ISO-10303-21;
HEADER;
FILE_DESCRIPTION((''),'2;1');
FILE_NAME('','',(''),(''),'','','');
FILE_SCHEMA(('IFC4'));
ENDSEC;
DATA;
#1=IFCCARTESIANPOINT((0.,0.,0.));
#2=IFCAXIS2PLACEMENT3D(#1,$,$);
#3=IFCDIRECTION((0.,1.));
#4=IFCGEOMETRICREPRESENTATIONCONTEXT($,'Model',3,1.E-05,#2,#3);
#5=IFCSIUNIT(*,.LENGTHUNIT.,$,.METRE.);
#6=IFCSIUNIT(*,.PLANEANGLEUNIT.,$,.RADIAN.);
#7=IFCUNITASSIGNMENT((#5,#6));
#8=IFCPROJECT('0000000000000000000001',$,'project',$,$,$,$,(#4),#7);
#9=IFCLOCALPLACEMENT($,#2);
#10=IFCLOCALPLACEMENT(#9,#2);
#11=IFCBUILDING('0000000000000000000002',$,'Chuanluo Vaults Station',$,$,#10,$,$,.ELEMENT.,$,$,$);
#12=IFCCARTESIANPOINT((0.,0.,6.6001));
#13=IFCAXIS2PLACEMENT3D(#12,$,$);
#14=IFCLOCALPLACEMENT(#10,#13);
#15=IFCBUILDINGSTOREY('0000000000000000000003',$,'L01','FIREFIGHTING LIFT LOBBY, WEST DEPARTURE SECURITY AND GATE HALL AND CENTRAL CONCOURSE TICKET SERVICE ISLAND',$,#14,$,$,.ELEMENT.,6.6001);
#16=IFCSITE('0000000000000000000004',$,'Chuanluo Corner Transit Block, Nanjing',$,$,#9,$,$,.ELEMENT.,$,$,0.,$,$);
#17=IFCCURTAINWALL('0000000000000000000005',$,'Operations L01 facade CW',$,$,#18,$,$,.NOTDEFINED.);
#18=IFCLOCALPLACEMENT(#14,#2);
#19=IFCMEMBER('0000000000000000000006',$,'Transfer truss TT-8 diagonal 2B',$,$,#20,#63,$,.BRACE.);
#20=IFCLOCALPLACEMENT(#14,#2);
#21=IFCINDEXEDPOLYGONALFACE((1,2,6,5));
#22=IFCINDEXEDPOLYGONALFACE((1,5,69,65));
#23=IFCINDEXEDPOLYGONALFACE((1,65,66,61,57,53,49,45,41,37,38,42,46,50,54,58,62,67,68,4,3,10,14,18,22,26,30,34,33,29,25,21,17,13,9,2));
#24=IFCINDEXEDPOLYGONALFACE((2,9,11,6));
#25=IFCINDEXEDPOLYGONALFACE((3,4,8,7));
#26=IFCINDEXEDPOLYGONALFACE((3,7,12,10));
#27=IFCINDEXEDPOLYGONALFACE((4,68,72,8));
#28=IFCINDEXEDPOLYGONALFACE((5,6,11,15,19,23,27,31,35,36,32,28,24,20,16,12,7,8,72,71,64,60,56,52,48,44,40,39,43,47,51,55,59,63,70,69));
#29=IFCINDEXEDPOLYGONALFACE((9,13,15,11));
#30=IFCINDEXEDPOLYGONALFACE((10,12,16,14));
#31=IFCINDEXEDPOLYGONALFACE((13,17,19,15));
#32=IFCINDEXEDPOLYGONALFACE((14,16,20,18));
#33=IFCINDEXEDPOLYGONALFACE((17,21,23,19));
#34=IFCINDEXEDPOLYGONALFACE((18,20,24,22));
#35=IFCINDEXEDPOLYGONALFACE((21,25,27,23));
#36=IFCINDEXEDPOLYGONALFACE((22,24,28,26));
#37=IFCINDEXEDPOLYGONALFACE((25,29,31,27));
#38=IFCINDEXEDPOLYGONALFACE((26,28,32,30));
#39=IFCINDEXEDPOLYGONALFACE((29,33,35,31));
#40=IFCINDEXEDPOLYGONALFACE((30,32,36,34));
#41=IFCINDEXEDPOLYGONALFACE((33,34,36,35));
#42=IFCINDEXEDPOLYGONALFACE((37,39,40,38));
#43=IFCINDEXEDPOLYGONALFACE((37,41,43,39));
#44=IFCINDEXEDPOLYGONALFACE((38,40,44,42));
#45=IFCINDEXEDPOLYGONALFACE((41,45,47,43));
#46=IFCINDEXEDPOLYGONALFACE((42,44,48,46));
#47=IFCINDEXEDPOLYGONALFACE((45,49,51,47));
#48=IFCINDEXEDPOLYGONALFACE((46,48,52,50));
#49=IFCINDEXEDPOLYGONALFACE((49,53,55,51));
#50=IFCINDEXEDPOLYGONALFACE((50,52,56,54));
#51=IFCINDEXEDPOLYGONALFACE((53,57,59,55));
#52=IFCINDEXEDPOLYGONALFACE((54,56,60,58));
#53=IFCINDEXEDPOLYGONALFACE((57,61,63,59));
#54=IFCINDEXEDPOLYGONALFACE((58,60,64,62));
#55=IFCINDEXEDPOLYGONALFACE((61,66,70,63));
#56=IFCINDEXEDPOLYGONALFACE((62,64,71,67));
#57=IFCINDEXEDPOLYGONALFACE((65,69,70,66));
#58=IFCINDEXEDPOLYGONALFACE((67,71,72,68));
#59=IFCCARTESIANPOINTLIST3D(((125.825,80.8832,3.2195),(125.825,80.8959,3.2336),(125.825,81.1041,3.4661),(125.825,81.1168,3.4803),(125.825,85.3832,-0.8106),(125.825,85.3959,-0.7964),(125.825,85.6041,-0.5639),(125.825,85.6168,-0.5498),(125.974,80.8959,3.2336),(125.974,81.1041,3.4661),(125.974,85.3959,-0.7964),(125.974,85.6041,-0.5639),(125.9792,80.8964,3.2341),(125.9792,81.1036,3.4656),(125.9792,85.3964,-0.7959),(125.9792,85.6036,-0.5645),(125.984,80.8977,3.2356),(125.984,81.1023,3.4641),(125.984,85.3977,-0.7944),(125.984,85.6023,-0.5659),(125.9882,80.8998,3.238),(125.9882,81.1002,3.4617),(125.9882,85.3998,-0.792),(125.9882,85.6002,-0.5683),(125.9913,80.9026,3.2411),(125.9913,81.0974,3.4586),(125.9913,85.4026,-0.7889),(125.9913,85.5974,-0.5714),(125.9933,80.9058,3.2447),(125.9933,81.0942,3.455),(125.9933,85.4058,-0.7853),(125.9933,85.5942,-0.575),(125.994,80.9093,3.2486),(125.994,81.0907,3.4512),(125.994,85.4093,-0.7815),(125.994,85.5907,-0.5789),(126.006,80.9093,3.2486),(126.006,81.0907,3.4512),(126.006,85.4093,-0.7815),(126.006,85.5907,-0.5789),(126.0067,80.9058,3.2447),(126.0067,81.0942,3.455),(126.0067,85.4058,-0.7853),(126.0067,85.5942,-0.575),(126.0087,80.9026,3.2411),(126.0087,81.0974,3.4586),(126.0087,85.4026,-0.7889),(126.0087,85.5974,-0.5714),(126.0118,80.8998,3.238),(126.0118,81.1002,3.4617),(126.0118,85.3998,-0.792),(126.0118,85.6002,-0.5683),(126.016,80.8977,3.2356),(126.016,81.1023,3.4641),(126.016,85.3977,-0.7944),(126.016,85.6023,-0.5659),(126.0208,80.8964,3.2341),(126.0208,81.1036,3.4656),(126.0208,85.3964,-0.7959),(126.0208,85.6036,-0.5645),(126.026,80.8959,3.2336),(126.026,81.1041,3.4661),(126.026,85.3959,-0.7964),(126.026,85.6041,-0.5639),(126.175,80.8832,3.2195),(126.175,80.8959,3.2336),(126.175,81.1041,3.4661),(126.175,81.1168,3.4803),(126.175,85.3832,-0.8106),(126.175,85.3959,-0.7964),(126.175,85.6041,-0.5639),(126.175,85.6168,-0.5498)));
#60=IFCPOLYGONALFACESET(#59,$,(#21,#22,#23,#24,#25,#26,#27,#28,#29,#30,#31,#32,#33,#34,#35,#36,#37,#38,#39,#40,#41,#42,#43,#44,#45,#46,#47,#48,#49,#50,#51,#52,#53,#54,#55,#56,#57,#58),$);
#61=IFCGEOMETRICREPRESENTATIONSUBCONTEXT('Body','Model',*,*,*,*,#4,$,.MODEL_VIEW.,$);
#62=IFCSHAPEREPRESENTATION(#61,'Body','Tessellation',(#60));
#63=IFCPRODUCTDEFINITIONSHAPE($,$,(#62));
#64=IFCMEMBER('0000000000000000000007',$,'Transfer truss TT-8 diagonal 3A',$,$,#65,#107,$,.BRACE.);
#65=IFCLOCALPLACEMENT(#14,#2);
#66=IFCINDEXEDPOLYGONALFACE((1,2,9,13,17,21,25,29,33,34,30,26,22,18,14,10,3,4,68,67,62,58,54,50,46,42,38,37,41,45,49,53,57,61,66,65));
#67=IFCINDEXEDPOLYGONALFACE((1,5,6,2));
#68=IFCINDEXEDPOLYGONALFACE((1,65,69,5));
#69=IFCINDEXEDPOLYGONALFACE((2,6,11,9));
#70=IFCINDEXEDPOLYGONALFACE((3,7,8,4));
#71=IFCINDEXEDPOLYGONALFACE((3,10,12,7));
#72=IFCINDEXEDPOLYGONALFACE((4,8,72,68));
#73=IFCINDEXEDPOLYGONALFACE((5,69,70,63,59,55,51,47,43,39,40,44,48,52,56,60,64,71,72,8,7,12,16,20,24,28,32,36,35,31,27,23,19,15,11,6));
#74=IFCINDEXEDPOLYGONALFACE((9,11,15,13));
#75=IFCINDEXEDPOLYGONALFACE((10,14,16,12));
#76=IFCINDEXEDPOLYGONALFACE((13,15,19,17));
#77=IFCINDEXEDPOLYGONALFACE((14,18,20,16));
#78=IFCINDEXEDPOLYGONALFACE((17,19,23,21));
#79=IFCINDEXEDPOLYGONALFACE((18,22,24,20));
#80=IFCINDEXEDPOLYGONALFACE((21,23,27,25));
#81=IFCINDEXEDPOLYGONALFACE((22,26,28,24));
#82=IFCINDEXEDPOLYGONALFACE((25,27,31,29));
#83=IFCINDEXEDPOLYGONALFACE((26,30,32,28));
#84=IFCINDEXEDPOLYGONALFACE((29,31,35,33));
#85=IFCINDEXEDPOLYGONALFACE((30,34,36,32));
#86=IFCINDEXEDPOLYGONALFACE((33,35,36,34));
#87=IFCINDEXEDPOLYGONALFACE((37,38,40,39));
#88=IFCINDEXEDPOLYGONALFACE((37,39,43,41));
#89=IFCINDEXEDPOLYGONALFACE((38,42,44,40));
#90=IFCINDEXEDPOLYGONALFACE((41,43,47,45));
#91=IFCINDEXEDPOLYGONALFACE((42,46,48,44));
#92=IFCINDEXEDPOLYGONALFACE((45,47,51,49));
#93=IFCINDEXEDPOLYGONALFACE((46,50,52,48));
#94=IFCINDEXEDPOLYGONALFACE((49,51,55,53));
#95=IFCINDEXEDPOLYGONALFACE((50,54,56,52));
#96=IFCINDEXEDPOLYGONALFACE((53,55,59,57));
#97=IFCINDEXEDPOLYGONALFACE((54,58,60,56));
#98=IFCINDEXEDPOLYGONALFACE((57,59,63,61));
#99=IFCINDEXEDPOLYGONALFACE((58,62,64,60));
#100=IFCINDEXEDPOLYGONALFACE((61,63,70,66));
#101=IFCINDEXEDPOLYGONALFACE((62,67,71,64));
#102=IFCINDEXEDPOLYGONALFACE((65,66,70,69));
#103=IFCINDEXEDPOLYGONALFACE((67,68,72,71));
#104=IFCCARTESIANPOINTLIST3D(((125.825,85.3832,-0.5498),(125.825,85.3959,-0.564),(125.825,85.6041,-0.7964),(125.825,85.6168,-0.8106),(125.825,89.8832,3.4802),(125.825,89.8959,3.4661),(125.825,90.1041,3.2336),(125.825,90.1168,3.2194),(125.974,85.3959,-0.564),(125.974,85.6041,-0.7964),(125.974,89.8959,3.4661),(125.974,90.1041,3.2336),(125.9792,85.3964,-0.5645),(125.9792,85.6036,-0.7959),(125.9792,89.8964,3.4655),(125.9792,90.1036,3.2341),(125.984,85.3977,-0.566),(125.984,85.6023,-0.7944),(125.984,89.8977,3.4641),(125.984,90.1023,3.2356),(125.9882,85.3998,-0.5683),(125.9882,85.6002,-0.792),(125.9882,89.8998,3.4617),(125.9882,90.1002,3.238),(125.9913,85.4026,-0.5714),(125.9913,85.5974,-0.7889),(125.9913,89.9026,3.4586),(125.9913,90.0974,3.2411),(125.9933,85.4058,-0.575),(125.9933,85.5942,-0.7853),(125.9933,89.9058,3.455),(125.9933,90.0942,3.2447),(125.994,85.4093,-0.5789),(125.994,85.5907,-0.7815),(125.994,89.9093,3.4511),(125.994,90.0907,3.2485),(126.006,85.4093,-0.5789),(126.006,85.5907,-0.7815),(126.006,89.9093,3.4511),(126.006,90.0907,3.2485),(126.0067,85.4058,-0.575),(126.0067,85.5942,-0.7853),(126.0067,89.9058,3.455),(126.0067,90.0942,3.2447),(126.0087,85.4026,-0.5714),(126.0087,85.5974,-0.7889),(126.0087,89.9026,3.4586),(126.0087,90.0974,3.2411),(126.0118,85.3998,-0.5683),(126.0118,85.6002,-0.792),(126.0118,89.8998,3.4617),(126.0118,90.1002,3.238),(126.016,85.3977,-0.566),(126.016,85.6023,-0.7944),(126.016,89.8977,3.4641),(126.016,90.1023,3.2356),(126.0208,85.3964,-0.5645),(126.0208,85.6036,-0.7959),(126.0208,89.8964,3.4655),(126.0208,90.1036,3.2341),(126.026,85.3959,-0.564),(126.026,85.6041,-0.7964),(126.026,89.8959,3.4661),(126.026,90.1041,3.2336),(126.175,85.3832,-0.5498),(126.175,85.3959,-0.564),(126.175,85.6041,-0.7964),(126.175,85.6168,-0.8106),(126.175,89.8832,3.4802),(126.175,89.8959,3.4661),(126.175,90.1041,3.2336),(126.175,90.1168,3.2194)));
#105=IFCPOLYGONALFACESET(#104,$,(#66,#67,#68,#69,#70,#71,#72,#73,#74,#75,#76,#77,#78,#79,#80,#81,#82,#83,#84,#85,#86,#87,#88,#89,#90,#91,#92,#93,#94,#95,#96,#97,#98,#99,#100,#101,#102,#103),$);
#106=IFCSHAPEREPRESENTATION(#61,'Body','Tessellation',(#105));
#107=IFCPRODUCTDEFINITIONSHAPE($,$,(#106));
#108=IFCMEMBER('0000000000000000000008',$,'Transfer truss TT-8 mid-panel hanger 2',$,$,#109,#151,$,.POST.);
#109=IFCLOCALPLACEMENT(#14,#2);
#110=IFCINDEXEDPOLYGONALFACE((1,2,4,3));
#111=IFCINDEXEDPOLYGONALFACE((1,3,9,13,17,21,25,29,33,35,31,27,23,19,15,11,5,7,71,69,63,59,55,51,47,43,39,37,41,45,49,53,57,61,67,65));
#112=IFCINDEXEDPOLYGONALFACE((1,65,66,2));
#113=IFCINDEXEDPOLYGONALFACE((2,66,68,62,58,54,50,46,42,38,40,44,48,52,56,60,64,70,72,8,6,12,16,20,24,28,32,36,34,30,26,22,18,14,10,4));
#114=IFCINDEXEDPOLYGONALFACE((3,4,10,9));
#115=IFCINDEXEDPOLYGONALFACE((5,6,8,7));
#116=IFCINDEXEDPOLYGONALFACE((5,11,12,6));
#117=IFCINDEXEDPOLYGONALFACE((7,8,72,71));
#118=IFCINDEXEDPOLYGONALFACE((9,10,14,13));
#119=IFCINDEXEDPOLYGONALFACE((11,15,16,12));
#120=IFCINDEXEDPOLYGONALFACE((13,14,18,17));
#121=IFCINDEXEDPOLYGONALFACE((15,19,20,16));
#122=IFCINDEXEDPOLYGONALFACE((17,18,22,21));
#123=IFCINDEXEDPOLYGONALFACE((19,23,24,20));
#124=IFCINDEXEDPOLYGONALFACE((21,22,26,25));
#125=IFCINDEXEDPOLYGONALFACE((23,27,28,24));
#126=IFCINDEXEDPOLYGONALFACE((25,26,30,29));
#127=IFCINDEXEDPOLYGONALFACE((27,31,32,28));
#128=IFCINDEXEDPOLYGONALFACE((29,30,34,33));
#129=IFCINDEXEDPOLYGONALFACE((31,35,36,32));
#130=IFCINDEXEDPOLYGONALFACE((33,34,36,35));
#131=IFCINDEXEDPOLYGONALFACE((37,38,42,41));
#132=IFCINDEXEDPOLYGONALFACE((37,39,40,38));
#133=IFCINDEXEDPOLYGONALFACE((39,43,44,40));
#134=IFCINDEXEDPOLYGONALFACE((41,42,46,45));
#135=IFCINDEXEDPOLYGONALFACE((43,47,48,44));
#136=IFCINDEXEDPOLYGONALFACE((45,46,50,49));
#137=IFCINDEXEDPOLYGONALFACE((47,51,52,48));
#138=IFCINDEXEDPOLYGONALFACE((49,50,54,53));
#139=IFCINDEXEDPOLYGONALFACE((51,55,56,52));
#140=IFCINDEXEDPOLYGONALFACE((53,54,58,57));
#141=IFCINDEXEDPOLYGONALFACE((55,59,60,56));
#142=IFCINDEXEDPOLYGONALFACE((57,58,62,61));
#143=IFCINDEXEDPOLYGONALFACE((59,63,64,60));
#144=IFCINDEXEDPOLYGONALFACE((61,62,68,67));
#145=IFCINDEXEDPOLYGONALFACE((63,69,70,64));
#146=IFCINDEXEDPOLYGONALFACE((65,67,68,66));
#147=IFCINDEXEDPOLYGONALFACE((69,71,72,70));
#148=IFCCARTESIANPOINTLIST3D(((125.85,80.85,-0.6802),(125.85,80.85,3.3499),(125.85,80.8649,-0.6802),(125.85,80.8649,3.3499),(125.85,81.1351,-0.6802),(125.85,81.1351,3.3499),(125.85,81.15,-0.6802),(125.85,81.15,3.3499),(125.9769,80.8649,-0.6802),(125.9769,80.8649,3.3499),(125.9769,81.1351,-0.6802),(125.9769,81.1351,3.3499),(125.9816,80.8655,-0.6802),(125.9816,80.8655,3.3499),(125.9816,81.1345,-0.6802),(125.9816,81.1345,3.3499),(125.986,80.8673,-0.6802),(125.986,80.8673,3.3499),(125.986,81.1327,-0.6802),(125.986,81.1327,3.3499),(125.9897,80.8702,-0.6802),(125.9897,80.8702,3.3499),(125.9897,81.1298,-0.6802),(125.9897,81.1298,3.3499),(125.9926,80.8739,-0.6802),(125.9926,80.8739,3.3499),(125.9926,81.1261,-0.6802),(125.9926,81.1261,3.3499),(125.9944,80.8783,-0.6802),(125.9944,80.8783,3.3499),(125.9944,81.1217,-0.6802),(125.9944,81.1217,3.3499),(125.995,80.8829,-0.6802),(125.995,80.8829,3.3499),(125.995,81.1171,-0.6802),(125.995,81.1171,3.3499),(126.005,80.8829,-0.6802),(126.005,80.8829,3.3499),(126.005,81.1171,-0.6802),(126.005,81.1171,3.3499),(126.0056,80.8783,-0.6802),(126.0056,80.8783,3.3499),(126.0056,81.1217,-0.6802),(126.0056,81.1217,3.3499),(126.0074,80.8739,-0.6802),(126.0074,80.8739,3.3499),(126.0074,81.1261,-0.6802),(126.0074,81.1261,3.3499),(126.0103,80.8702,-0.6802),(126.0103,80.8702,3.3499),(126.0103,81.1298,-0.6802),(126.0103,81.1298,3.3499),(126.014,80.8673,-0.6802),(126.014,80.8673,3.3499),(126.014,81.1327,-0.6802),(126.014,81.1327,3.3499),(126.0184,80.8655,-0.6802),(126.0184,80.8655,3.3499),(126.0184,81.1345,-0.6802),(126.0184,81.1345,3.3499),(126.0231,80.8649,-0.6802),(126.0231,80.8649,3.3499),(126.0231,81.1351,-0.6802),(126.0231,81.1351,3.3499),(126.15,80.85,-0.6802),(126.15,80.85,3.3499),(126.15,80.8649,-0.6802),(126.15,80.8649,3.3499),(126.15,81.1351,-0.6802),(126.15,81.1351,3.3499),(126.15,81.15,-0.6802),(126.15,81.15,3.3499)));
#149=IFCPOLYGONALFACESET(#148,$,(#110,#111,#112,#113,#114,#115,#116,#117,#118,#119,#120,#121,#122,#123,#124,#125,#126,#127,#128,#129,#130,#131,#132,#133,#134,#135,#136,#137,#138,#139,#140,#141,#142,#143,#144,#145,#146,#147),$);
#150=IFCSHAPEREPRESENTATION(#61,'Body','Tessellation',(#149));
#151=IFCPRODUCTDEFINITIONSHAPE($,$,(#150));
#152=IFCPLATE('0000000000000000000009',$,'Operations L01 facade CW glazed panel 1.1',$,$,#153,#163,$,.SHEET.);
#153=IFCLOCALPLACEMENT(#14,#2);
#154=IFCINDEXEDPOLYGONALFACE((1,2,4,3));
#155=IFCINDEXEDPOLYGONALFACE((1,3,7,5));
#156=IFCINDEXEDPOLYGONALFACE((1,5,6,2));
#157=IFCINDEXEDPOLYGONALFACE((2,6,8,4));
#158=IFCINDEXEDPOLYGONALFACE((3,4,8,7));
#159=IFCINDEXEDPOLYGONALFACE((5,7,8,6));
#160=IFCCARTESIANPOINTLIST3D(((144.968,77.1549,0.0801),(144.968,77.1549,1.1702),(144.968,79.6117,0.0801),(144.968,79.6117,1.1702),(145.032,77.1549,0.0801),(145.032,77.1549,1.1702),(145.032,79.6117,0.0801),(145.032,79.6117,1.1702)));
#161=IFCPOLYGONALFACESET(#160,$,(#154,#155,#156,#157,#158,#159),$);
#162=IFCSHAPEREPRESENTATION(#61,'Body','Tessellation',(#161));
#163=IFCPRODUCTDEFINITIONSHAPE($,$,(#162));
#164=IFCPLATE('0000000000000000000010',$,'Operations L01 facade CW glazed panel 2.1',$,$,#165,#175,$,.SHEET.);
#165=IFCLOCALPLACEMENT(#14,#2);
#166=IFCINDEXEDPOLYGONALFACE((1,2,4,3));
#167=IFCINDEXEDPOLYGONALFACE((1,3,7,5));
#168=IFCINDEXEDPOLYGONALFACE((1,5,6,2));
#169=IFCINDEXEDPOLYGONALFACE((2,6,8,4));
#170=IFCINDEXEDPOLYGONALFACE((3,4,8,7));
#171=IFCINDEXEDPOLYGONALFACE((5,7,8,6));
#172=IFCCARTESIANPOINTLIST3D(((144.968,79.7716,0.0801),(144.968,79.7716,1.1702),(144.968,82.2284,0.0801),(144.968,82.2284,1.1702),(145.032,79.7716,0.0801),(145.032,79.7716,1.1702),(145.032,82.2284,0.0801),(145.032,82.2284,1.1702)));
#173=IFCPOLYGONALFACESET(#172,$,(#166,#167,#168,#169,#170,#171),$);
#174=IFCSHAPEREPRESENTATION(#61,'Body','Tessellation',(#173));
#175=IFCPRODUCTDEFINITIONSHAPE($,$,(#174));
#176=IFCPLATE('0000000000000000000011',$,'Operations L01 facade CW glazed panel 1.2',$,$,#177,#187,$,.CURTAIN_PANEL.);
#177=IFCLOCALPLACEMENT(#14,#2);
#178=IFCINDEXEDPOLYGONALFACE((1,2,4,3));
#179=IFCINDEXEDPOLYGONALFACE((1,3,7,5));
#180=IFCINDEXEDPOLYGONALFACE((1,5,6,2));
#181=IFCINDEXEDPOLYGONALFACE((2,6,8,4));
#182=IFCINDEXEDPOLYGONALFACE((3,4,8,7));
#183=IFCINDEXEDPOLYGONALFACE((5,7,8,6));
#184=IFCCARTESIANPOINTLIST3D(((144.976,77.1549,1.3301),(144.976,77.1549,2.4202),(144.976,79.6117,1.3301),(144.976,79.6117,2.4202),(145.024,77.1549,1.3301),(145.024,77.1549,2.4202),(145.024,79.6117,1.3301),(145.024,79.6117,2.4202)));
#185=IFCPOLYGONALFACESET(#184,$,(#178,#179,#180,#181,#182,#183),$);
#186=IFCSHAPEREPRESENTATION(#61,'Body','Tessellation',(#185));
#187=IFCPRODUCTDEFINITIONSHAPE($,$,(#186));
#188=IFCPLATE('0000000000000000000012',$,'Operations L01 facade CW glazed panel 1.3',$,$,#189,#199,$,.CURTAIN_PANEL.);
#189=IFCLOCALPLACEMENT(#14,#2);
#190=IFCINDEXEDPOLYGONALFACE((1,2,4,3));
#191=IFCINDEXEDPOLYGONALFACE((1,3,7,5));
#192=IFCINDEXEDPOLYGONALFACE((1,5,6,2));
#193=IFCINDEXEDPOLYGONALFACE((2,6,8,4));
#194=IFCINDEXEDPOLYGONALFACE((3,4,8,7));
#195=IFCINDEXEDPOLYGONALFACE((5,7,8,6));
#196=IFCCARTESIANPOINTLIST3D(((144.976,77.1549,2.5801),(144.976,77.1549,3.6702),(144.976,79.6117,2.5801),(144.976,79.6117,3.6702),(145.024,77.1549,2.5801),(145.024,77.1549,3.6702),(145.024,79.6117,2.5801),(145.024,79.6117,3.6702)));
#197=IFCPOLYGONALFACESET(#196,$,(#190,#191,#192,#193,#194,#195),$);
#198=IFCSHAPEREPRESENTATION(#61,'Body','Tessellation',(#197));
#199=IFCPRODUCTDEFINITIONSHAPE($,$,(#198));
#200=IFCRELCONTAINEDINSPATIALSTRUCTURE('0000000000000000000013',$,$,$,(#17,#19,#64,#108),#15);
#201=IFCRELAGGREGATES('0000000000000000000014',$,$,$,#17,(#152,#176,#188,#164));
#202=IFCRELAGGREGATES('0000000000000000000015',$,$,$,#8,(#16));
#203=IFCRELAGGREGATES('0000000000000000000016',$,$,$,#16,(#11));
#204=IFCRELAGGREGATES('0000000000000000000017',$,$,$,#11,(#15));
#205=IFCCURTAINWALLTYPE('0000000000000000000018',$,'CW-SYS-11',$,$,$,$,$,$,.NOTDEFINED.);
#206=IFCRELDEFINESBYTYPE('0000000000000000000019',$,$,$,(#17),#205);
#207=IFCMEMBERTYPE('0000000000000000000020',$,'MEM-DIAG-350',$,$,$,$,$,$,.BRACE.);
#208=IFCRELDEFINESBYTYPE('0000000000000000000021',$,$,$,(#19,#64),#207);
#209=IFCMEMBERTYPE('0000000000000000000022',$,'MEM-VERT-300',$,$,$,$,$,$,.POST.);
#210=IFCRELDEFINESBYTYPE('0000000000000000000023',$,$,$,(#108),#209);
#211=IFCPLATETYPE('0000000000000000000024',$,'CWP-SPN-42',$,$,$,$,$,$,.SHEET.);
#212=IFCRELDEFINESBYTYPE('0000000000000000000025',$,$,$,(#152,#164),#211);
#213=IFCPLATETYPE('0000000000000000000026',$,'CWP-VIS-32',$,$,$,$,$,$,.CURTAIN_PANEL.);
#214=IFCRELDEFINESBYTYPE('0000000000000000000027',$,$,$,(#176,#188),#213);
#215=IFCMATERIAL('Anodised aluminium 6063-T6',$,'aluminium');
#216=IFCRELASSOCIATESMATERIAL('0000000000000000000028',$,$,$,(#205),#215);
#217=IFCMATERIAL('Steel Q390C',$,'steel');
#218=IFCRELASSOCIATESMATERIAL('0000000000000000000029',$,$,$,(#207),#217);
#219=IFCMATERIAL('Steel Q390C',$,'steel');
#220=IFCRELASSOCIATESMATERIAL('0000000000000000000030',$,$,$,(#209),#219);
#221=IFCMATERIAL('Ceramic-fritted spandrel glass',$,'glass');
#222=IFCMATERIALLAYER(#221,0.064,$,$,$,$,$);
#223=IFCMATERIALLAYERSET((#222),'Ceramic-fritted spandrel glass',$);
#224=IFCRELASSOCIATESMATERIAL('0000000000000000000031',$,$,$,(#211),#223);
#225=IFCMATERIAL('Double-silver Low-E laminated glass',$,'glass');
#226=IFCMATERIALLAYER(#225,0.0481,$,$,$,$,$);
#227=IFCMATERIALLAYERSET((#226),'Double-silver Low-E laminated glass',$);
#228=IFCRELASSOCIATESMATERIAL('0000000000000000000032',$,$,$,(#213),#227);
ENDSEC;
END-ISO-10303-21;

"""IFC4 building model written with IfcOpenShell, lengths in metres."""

from ifc_helpers import new_model, si_unit, direction, frame, origin, origin_2d, place, context, subcontext, project, spatial, rectangle, i_section, extrude, material, layer, layer_set, material_profile, profile_set, type_object, element, aggregate, save


model = new_model("IFC4")

# Units and contexts
model_context = context("Model", 3, precision=1e-05, world=origin(), true_north=direction((0.0, 1.0)))
body_context = subcontext(model_context, "Body", "Model", "MODEL_VIEW")
ifc_project = project(units=[si_unit("LENGTHUNIT", "METRE"), si_unit("PLANEANGLEUNIT", "RADIAN")], contexts=[model_context])

# Site, building, storey
site_placement = place(None, origin())
site = spatial("IfcSite", under=ifc_project, at=site_placement, Name="Chuanluo Corner Transit Block, Nanjing", CompositionType="ELEMENT", RefElevation=0.0)
building_placement = place(site_placement, origin())
building = spatial("IfcBuilding", under=site, at=building_placement, Name="Chuanluo Vaults Station", CompositionType="ELEMENT")
storey_placement = place(building_placement, frame((0.0, 0.0, 6.6001)))
storey = spatial("IfcBuildingStorey", under=building, at=storey_placement, Name="L01", Description="FIREFIGHTING LIFT LOBBY, WEST DEPARTURE SECURITY AND GATE HALL AND CENTRAL CONCOURSE TICKET SERVICE ISLAND", CompositionType="ELEMENT", Elevation=6.6001)

# Curtain wall
ifc_material_1 = material(Name="Anodised aluminium 6063-T6", Category="aluminium")
curtain_wall_type = type_object("IfcCurtainWallType", Name="CW-SYS-11", PredefinedType="NOTDEFINED", material=ifc_material_1)
curtain_wall_placement = place(storey_placement, origin())
curtain_wall = element("IfcCurtainWall", 1, at=curtain_wall_placement, inside=storey, type_object=curtain_wall_type, Name="Operations L01 facade CW", PredefinedType="NOTDEFINED")

# Members
ifc_material_2 = material(Name="Steel Q390C", Category="steel")
ifc_material_profile_1 = material_profile(ifc_material_2, i_section(OverallWidth=0.3501, OverallDepth=0.3501, WebThickness=0.012, FlangeThickness=0.019, FilletRadius=0.02, at=origin_2d()))
ifc_profile_set_1 = profile_set([ifc_material_profile_1], Name="Steel Q390C")
member_type_1 = type_object("IfcMemberType", Name="MEM-DIAG-350", PredefinedType="BRACE", material=ifc_profile_set_1)
for number, where, z_axis, x_axis, name in (
    (2, (126.0, 81.0, 3.3499), (0.0, 0.744936, -0.667136), (-1.0, 0.0, 0.0), "Transfer truss TT-8 diagonal 2B"),
    (3, (126.0, 85.5, -0.6802), (0.0, 0.744936, 0.667136), (-1.0, 0.0, 0.0), "Transfer truss TT-8 diagonal 3A"),
):
    element("IfcMember", number, at=place(storey_placement, frame(where, z_axis=z_axis, x_axis=x_axis)), inside=storey, type_object=member_type_1, Name=name, PredefinedType="BRACE", context=body_context, shape_type="SweptSolid", body=[
        extrude(i_section(OverallWidth=0.3501, OverallDepth=0.3501, WebThickness=0.012, FlangeThickness=0.019, FilletRadius=0.02, at=origin_2d()), origin(), (0.0, 0.0, 1.0), 6.0408),
    ])
ifc_material_3 = material(Name="Steel Q390C", Category="steel")
ifc_material_profile_2 = material_profile(ifc_material_3, i_section(OverallWidth=0.3, OverallDepth=0.3, WebThickness=0.01, FlangeThickness=0.0149, FilletRadius=0.0181, at=origin_2d()))
ifc_profile_set_2 = profile_set([ifc_material_profile_2], Name="Steel Q390C")
member_type_2 = type_object("IfcMemberType", Name="MEM-VERT-300", PredefinedType="POST", material=ifc_profile_set_2)
member_1_placement = place(storey_placement, frame((126.0, 81.0, -0.6802), z_axis=(0.0, 0.0, 1.0), x_axis=(1.0, 0.0, 0.0)))
element("IfcMember", 4, at=member_1_placement, inside=storey, type_object=member_type_2, Name="Transfer truss TT-8 mid-panel hanger 2", PredefinedType="POST", context=body_context, shape_type="SweptSolid", body=[
    extrude(i_section(OverallWidth=0.3, OverallDepth=0.3, WebThickness=0.01, FlangeThickness=0.0149, FilletRadius=0.0181, at=origin_2d()), origin(), (0.0, 0.0, 1.0), 4.03),
])

# Plates
ifc_material_4 = material(Name="Ceramic-fritted spandrel glass", Category="glass")
ifc_layer_1 = layer(ifc_material_4, 0.064)
ifc_layer_set_1 = layer_set([ifc_layer_1], Name="Ceramic-fritted spandrel glass")
plate_type_1 = type_object("IfcPlateType", Name="CWP-SPN-42", PredefinedType="SHEET", material=ifc_layer_set_1)
plate_1_placement = place(storey_placement, frame((145.0, 78.3833, 0.0801), z_axis=(0.0, 0.0, 1.0), x_axis=(0.0, 1.0, 0.0)))
plate_1 = element("IfcPlate", 5, at=plate_1_placement, type_object=plate_type_1, Name="Operations L01 facade CW glazed panel 1.1", PredefinedType="SHEET", context=body_context, shape_type="SweptSolid", body=[
    extrude(rectangle(XDim=2.4568, YDim=0.064, at=origin_2d()), origin(), (0.0, 0.0, 1.0), 1.0901),
])
plate_2_placement = place(storey_placement, frame((145.0, 81.0, 0.0801), z_axis=(0.0, 0.0, 1.0), x_axis=(0.0, 1.0, 0.0)))
plate_2 = element("IfcPlate", 6, at=plate_2_placement, type_object=plate_type_1, Name="Operations L01 facade CW glazed panel 2.1", PredefinedType="SHEET", context=body_context, shape_type="SweptSolid", body=[
    extrude(rectangle(XDim=2.4568, YDim=0.064, at=origin_2d()), origin(), (0.0, 0.0, 1.0), 1.0901),
])
ifc_material_5 = material(Name="Double-silver Low-E laminated glass", Category="glass")
ifc_layer_2 = layer(ifc_material_5, 0.0481)
ifc_layer_set_2 = layer_set([ifc_layer_2], Name="Double-silver Low-E laminated glass")
plate_type_2 = type_object("IfcPlateType", Name="CWP-VIS-32", PredefinedType="CURTAIN_PANEL", material=ifc_layer_set_2)
plate_3_placement = place(storey_placement, frame((145.0, 78.3833, 1.3301), z_axis=(0.0, 0.0, 1.0), x_axis=(0.0, 1.0, 0.0)))
plate_3 = element("IfcPlate", 7, at=plate_3_placement, type_object=plate_type_2, Name="Operations L01 facade CW glazed panel 1.2", PredefinedType="CURTAIN_PANEL", context=body_context, shape_type="SweptSolid", body=[
    extrude(rectangle(XDim=2.4568, YDim=0.0481, at=origin_2d()), origin(), (0.0, 0.0, 1.0), 1.0901),
])
plate_4_placement = place(storey_placement, frame((145.0, 78.3833, 2.5801), z_axis=(0.0, 0.0, 1.0), x_axis=(0.0, 1.0, 0.0)))
plate_4 = element("IfcPlate", 8, at=plate_4_placement, type_object=plate_type_2, Name="Operations L01 facade CW glazed panel 1.3", PredefinedType="CURTAIN_PANEL", context=body_context, shape_type="SweptSolid", body=[
    extrude(rectangle(XDim=2.4568, YDim=0.0481, at=origin_2d()), origin(), (0.0, 0.0, 1.0), 1.0901),
])
aggregate(curtain_wall, [plate_1, plate_3, plate_4, plate_2])

save(model, "model.ifc")
